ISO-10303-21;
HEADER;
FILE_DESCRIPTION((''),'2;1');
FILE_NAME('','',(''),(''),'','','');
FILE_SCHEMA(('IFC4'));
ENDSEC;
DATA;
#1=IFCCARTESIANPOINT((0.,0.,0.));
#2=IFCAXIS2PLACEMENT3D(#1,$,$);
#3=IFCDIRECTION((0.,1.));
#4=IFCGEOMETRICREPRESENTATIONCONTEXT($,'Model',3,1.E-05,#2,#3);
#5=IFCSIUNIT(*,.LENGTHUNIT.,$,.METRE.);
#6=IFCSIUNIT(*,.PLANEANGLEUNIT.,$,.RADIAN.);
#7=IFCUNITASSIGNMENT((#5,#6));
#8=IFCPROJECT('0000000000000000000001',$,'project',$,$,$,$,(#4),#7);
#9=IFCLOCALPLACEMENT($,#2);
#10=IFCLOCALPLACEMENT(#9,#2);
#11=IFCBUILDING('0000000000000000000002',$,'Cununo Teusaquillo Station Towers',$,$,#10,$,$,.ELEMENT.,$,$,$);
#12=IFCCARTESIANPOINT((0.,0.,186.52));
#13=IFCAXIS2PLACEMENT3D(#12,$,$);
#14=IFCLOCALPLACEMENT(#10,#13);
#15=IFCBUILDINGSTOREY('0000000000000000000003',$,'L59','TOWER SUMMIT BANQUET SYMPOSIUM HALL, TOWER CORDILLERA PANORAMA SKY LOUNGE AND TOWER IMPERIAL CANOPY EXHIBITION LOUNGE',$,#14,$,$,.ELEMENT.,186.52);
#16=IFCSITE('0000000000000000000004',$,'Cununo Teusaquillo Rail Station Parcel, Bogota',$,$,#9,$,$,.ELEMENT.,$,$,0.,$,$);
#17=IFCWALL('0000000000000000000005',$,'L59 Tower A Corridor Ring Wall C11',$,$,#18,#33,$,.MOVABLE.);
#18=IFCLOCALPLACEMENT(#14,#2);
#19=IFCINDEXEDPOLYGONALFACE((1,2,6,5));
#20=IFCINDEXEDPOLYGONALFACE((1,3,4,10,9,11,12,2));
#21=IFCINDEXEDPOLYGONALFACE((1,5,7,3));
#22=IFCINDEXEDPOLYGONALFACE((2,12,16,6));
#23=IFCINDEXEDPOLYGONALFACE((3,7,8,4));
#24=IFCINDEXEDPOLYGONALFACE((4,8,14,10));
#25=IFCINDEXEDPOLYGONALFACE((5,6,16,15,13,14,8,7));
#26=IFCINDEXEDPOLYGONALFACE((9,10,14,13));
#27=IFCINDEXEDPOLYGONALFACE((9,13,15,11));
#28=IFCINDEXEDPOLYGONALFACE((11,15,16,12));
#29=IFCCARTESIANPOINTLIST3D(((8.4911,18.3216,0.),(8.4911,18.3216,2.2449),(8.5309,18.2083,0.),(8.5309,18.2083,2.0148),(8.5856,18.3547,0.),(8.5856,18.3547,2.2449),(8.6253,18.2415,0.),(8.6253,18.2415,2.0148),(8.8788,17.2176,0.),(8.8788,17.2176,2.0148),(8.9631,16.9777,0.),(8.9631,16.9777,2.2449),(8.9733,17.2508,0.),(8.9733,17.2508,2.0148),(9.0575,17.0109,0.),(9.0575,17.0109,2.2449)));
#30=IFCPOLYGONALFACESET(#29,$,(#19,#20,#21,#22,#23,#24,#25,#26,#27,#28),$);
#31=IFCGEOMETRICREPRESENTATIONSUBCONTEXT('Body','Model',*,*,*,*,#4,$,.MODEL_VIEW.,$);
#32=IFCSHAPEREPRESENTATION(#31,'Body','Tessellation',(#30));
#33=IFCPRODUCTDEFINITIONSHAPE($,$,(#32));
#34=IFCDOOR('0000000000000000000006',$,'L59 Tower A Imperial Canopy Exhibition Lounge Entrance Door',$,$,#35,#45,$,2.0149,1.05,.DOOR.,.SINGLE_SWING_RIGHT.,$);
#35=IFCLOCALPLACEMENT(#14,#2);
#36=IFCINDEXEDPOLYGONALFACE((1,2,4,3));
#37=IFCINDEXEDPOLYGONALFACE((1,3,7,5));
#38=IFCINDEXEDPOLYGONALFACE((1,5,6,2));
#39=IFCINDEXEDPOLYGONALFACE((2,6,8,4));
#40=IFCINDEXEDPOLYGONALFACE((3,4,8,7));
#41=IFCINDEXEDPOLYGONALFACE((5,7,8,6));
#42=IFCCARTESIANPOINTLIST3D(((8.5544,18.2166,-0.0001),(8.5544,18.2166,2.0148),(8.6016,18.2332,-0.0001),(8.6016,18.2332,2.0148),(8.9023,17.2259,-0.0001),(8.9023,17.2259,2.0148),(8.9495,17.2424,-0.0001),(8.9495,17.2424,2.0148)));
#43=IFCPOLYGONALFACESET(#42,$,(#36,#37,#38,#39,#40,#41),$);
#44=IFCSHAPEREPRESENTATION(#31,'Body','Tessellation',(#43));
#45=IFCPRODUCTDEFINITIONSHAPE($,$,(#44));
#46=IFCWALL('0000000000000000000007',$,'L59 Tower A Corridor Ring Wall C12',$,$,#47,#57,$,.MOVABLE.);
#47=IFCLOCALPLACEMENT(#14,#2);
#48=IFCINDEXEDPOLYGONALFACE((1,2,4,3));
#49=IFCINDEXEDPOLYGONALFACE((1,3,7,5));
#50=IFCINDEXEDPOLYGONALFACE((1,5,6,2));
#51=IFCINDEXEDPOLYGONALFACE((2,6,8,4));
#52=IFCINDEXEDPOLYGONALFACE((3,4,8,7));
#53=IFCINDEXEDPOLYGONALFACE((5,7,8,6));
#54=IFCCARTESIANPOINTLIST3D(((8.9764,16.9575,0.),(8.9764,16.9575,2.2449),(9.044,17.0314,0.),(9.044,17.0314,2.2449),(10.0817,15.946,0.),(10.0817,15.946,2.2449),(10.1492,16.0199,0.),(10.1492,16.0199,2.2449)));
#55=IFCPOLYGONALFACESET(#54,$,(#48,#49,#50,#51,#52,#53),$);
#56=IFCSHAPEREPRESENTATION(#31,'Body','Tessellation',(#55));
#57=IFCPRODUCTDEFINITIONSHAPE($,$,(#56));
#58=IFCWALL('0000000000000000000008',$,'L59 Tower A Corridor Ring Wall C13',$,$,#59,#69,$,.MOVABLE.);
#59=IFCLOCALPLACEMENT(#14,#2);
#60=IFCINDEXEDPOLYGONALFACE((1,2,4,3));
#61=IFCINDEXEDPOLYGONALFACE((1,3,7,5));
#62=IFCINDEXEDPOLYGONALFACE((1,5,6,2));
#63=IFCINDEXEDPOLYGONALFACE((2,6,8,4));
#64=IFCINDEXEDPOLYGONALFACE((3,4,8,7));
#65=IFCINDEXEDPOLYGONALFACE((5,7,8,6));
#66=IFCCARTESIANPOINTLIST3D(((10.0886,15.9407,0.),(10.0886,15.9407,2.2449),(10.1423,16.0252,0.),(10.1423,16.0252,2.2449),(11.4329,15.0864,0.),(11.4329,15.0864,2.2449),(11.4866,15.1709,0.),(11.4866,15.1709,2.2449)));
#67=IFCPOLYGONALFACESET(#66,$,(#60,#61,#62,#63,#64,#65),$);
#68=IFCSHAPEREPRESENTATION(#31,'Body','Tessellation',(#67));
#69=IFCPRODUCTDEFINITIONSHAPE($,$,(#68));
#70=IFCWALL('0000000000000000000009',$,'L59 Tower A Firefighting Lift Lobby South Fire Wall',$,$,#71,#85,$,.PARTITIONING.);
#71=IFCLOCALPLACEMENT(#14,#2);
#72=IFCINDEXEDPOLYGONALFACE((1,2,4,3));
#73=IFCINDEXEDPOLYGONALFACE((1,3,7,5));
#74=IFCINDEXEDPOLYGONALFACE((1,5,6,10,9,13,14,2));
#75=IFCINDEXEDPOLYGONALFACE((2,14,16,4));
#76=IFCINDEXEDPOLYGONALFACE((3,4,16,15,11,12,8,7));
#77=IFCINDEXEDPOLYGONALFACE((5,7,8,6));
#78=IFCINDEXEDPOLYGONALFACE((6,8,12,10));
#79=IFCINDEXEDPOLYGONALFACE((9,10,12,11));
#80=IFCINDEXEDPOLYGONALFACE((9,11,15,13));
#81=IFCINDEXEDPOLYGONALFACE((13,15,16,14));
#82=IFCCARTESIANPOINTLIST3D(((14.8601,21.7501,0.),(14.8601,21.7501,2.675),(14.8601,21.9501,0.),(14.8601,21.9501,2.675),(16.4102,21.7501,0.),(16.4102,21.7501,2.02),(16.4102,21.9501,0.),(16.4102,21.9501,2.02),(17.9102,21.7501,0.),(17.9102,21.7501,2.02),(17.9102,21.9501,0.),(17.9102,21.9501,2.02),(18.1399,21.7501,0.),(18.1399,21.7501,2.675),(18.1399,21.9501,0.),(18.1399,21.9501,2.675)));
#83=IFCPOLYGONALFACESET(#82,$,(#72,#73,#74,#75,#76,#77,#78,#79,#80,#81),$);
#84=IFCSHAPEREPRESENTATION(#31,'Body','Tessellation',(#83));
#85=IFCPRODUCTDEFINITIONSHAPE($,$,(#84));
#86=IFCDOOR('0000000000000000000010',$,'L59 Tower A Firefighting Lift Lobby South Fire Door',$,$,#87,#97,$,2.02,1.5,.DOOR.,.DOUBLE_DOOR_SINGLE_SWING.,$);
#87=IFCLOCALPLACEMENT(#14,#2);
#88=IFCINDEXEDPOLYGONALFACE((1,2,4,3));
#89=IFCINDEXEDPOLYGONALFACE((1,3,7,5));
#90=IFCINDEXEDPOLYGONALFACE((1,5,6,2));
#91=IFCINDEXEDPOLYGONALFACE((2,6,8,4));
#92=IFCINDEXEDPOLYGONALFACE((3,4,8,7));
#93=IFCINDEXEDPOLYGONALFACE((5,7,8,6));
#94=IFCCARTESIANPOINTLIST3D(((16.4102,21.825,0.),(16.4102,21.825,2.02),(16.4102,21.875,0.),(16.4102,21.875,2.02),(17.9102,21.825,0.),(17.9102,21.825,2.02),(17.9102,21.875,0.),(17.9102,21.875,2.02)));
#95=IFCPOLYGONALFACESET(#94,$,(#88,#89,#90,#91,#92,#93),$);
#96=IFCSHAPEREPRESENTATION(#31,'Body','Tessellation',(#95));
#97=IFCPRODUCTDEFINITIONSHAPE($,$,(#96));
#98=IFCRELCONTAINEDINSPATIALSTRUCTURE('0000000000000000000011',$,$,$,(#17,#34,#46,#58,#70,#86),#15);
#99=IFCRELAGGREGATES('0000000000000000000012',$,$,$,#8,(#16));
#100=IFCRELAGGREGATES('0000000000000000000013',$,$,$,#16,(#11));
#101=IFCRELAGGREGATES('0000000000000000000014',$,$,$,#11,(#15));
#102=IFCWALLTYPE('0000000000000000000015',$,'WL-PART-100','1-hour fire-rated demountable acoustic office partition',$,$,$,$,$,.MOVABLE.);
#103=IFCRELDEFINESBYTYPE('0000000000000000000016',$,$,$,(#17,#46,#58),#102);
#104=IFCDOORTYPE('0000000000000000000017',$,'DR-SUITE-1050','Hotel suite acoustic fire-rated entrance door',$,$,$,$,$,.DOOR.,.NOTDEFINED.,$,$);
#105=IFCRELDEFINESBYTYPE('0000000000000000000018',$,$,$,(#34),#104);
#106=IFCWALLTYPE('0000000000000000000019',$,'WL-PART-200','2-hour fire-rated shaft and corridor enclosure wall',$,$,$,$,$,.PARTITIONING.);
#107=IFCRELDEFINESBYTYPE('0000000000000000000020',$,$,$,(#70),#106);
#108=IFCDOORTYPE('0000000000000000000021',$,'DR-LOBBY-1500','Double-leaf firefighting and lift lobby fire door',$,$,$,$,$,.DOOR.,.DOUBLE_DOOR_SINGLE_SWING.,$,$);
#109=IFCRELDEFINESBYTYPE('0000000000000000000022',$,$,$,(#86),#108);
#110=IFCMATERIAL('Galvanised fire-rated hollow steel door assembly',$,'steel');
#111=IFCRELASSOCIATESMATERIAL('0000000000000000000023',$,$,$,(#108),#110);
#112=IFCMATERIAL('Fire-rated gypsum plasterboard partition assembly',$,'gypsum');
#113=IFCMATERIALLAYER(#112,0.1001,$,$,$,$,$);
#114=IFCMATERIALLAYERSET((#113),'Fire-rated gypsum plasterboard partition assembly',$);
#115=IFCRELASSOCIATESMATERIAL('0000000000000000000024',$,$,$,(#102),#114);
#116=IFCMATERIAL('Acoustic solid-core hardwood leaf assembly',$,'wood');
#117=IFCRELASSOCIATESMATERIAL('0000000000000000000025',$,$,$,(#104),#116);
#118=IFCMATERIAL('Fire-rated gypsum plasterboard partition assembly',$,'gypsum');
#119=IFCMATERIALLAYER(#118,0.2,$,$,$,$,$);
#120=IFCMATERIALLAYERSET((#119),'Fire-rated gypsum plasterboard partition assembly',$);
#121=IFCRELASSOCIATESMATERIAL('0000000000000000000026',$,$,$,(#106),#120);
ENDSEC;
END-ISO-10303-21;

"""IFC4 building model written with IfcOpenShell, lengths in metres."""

from ifc_helpers import new_model, si_unit, direction, frame, frame_2d, origin, place, context, subcontext, project, spatial, rectangle, extrude, source, transform, mapped, material, layer, layer_set, type_object, element, fill, save


model = new_model("IFC4")

# Units and contexts
model_context = context("Model", 3, precision=1e-05, world=origin(), true_north=direction((0.0, 1.0)))
body_context = subcontext(model_context, "Body", "Model", "MODEL_VIEW")
ifc_project = project(units=[si_unit("LENGTHUNIT", "METRE"), si_unit("PLANEANGLEUNIT", "RADIAN")], contexts=[model_context])

# Site, building, storey
site_placement = place(None, origin())
site = spatial("IfcSite", under=ifc_project, at=site_placement, Name="Cununo Teusaquillo Rail Station Parcel, Bogota", CompositionType="ELEMENT", RefElevation=0.0)
building_placement = place(site_placement, origin())
building = spatial("IfcBuilding", under=site, at=building_placement, Name="Cununo Teusaquillo Station Towers", CompositionType="ELEMENT")
storey_placement = place(building_placement, frame((0.0, 0.0, 186.52)))
storey = spatial("IfcBuildingStorey", under=building, at=storey_placement, Name="L59", Description="TOWER SUMMIT BANQUET SYMPOSIUM HALL, TOWER CORDILLERA PANORAMA SKY LOUNGE AND TOWER IMPERIAL CANOPY EXHIBITION LOUNGE", CompositionType="ELEMENT", Elevation=186.52)

# Shared definitions
ifc_material_1 = material(Name="Galvanised fire-rated hollow steel door assembly", Category="steel")
door_type_1 = type_object("IfcDoorType", Name="DR-LOBBY-1500", Description="Double-leaf firefighting and lift lobby fire door", OperationType="DOUBLE_DOOR_SINGLE_SWING", PredefinedType="DOOR", material=ifc_material_1)
shared_shape_1 = source(origin(), body_context, "Body", "SweptSolid", [
    extrude(rectangle(XDim=1.5, YDim=2.02, at=frame_2d((0.75, 1.01))), frame((0.0, 0.0249, 0.0), z_axis=(0.0, -1.0, 0.0), x_axis=(1.0, 0.0, 0.0)), (0.0, 0.0, 1.0), 0.05),
])

# Wall, opening, door
ifc_material_2 = material(Name="Fire-rated gypsum plasterboard partition assembly", Category="gypsum")
ifc_layer_1 = layer(ifc_material_2, 0.1001)
ifc_layer_set_1 = layer_set([ifc_layer_1], Name="Fire-rated gypsum plasterboard partition assembly")
wall_type_1 = type_object("IfcWallType", Name="WL-PART-100", Description="1-hour fire-rated demountable acoustic office partition", PredefinedType="MOVABLE", material=ifc_layer_set_1)
wall_1_placement = place(storey_placement, frame((8.5383, 18.3381, 0.0), z_axis=(0.0, 0.0, 1.0), x_axis=(0.331358, -0.943505, 0.0)))
wall_1 = element("IfcWall", 1, at=wall_1_placement, inside=storey, type_object=wall_type_1, Name="L59 Tower A Corridor Ring Wall C11", PredefinedType="MOVABLE", context=body_context, shape_type="SweptSolid", body=[
    extrude(rectangle(XDim=1.4243, YDim=0.1001, at=frame_2d((0.7122, 0.0))), origin(), (0.0, 0.0, 1.0), 2.2449),
])
shared_shape_2 = source(origin(), body_context, "Body", "SweptSolid", [
    extrude(rectangle(XDim=1.05, YDim=2.0149, at=frame_2d((0.5249, 1.0073))), frame((0.0, 0.0601, 0.0), z_axis=(0.0, -1.0, 0.0), x_axis=(1.0, 0.0, 0.0)), (0.0, 0.0, 1.0), 0.1201),
])
opening_1_placement = place(wall_1_placement, frame((0.1201, 0.0, 0.0)))
opening_1 = element("IfcOpeningElement", 2, at=opening_1_placement, cuts=wall_1, PredefinedType="OPENING", context=body_context, shape_type="MappedRepresentation", body=[
    mapped(shared_shape_2, transform((0.0, 0.0, 0.0), x_axis=(1.0, 0.0, 0.0), y_axis=(0.0, 1.0, 0.0), z_axis=(0.0, 0.0, 1.0), scale=1.0)),
])
ifc_material_3 = material(Name="Acoustic solid-core hardwood leaf assembly", Category="wood")
door_type_2 = type_object("IfcDoorType", Name="DR-SUITE-1050", Description="Hotel suite acoustic fire-rated entrance door", OperationType="NOTDEFINED", PredefinedType="DOOR", material=ifc_material_3)
shared_shape_3 = source(origin(), body_context, "Body", "SweptSolid", [
    extrude(rectangle(XDim=1.05, YDim=2.0149, at=frame_2d((0.5249, 1.0073))), frame((0.0, 0.0249, 0.0), z_axis=(0.0, -1.0, 0.0), x_axis=(1.0, 0.0, 0.0)), (0.0, 0.0, 1.0), 0.05),
])
door_1_placement = place(opening_1_placement, origin())
door_1 = element("IfcDoor", 3, at=door_1_placement, inside=storey, type_object=door_type_2, Name="L59 Tower A Imperial Canopy Exhibition Lounge Entrance Door", OperationType="SINGLE_SWING_RIGHT", OverallHeight=2.0149, OverallWidth=1.05, PredefinedType="DOOR", context=body_context, shape_type="MappedRepresentation", body=[
    mapped(shared_shape_3, transform((0.0, 0.0, 0.0), x_axis=(1.0, 0.0, 0.0), y_axis=(0.0, 1.0, 0.0), z_axis=(0.0, 0.0, 1.0), scale=1.0)),
])
fill(opening_1, door_1)

# Walls
wall_2_placement = place(storey_placement, frame((9.0103, 16.9944, 0.0), z_axis=(0.0, 0.0, 1.0), x_axis=(0.737702, -0.675127, 0.0)))
element("IfcWall", 4, at=wall_2_placement, inside=storey, type_object=wall_type_1, Name="L59 Tower A Corridor Ring Wall C12", PredefinedType="MOVABLE", context=body_context, shape_type="SweptSolid", body=[
    extrude(rectangle(XDim=1.4983, YDim=0.1001, at=frame_2d((0.749, 0.0))), origin(), (0.0, 0.0, 1.0), 2.2449),
])
wall_3_placement = place(storey_placement, frame((10.1155, 15.9829, 0.0), z_axis=(0.0, 0.0, 1.0), x_axis=(0.843996, -0.53635, 0.0)))
element("IfcWall", 5, at=wall_3_placement, inside=storey, type_object=wall_type_1, Name="L59 Tower A Corridor Ring Wall C13", PredefinedType="MOVABLE", context=body_context, shape_type="SweptSolid", body=[
    extrude(rectangle(XDim=1.5928, YDim=0.1001, at=frame_2d((0.7964, 0.0))), origin(), (0.0, 0.0, 1.0), 2.2449),
])

# Wall, opening, door
ifc_material_4 = material(Name="Fire-rated gypsum plasterboard partition assembly", Category="gypsum")
ifc_layer_2 = layer(ifc_material_4, 0.2)
ifc_layer_set_2 = layer_set([ifc_layer_2], Name="Fire-rated gypsum plasterboard partition assembly")
wall_type_2 = type_object("IfcWallType", Name="WL-PART-200", Description="2-hour fire-rated shaft and corridor enclosure wall", PredefinedType="PARTITIONING", material=ifc_layer_set_2)
wall_4_placement = place(storey_placement, frame((14.8601, 21.8501, 0.0), z_axis=(0.0, 0.0, 1.0), x_axis=(1.0, 0.0, 0.0)))
wall_4 = element("IfcWall", 6, at=wall_4_placement, inside=storey, type_object=wall_type_2, Name="L59 Tower A Firefighting Lift Lobby South Fire Wall", PredefinedType="PARTITIONING", context=body_context, shape_type="SweptSolid", body=[
    extrude(rectangle(XDim=3.2798, YDim=0.2, at=frame_2d((1.6399, 0.0))), origin(), (0.0, 0.0, 1.0), 2.675),
])
shared_shape_4 = source(origin(), body_context, "Body", "SweptSolid", [
    extrude(rectangle(XDim=1.5, YDim=2.02, at=frame_2d((0.75, 1.01))), frame((0.0, 0.1099, 0.0), z_axis=(0.0, -1.0, 0.0), x_axis=(1.0, 0.0, 0.0)), (0.0, 0.0, 1.0), 0.22),
])
opening_2_placement = place(wall_4_placement, frame((1.55, 0.0, 0.0)))
opening_2 = element("IfcOpeningElement", 7, at=opening_2_placement, cuts=wall_4, PredefinedType="OPENING", context=body_context, shape_type="MappedRepresentation", body=[
    mapped(shared_shape_4, transform((0.0, 0.0, 0.0), x_axis=(1.0, 0.0, 0.0), y_axis=(0.0, 1.0, 0.0), z_axis=(0.0, 0.0, 1.0), scale=1.0)),
])
door_2_placement = place(opening_2_placement, origin())
door_2 = element("IfcDoor", 8, at=door_2_placement, inside=storey, type_object=door_type_1, Name="L59 Tower A Firefighting Lift Lobby South Fire Door", OperationType="DOUBLE_DOOR_SINGLE_SWING", OverallHeight=2.02, OverallWidth=1.5, PredefinedType="DOOR", context=body_context, shape_type="MappedRepresentation", body=[
    mapped(shared_shape_1, transform((0.0, 0.0, 0.0), x_axis=(1.0, 0.0, 0.0), y_axis=(0.0, 1.0, 0.0), z_axis=(0.0, 0.0, 1.0), scale=1.0)),
])
fill(opening_2, door_2)

save(model, "model.ifc")
